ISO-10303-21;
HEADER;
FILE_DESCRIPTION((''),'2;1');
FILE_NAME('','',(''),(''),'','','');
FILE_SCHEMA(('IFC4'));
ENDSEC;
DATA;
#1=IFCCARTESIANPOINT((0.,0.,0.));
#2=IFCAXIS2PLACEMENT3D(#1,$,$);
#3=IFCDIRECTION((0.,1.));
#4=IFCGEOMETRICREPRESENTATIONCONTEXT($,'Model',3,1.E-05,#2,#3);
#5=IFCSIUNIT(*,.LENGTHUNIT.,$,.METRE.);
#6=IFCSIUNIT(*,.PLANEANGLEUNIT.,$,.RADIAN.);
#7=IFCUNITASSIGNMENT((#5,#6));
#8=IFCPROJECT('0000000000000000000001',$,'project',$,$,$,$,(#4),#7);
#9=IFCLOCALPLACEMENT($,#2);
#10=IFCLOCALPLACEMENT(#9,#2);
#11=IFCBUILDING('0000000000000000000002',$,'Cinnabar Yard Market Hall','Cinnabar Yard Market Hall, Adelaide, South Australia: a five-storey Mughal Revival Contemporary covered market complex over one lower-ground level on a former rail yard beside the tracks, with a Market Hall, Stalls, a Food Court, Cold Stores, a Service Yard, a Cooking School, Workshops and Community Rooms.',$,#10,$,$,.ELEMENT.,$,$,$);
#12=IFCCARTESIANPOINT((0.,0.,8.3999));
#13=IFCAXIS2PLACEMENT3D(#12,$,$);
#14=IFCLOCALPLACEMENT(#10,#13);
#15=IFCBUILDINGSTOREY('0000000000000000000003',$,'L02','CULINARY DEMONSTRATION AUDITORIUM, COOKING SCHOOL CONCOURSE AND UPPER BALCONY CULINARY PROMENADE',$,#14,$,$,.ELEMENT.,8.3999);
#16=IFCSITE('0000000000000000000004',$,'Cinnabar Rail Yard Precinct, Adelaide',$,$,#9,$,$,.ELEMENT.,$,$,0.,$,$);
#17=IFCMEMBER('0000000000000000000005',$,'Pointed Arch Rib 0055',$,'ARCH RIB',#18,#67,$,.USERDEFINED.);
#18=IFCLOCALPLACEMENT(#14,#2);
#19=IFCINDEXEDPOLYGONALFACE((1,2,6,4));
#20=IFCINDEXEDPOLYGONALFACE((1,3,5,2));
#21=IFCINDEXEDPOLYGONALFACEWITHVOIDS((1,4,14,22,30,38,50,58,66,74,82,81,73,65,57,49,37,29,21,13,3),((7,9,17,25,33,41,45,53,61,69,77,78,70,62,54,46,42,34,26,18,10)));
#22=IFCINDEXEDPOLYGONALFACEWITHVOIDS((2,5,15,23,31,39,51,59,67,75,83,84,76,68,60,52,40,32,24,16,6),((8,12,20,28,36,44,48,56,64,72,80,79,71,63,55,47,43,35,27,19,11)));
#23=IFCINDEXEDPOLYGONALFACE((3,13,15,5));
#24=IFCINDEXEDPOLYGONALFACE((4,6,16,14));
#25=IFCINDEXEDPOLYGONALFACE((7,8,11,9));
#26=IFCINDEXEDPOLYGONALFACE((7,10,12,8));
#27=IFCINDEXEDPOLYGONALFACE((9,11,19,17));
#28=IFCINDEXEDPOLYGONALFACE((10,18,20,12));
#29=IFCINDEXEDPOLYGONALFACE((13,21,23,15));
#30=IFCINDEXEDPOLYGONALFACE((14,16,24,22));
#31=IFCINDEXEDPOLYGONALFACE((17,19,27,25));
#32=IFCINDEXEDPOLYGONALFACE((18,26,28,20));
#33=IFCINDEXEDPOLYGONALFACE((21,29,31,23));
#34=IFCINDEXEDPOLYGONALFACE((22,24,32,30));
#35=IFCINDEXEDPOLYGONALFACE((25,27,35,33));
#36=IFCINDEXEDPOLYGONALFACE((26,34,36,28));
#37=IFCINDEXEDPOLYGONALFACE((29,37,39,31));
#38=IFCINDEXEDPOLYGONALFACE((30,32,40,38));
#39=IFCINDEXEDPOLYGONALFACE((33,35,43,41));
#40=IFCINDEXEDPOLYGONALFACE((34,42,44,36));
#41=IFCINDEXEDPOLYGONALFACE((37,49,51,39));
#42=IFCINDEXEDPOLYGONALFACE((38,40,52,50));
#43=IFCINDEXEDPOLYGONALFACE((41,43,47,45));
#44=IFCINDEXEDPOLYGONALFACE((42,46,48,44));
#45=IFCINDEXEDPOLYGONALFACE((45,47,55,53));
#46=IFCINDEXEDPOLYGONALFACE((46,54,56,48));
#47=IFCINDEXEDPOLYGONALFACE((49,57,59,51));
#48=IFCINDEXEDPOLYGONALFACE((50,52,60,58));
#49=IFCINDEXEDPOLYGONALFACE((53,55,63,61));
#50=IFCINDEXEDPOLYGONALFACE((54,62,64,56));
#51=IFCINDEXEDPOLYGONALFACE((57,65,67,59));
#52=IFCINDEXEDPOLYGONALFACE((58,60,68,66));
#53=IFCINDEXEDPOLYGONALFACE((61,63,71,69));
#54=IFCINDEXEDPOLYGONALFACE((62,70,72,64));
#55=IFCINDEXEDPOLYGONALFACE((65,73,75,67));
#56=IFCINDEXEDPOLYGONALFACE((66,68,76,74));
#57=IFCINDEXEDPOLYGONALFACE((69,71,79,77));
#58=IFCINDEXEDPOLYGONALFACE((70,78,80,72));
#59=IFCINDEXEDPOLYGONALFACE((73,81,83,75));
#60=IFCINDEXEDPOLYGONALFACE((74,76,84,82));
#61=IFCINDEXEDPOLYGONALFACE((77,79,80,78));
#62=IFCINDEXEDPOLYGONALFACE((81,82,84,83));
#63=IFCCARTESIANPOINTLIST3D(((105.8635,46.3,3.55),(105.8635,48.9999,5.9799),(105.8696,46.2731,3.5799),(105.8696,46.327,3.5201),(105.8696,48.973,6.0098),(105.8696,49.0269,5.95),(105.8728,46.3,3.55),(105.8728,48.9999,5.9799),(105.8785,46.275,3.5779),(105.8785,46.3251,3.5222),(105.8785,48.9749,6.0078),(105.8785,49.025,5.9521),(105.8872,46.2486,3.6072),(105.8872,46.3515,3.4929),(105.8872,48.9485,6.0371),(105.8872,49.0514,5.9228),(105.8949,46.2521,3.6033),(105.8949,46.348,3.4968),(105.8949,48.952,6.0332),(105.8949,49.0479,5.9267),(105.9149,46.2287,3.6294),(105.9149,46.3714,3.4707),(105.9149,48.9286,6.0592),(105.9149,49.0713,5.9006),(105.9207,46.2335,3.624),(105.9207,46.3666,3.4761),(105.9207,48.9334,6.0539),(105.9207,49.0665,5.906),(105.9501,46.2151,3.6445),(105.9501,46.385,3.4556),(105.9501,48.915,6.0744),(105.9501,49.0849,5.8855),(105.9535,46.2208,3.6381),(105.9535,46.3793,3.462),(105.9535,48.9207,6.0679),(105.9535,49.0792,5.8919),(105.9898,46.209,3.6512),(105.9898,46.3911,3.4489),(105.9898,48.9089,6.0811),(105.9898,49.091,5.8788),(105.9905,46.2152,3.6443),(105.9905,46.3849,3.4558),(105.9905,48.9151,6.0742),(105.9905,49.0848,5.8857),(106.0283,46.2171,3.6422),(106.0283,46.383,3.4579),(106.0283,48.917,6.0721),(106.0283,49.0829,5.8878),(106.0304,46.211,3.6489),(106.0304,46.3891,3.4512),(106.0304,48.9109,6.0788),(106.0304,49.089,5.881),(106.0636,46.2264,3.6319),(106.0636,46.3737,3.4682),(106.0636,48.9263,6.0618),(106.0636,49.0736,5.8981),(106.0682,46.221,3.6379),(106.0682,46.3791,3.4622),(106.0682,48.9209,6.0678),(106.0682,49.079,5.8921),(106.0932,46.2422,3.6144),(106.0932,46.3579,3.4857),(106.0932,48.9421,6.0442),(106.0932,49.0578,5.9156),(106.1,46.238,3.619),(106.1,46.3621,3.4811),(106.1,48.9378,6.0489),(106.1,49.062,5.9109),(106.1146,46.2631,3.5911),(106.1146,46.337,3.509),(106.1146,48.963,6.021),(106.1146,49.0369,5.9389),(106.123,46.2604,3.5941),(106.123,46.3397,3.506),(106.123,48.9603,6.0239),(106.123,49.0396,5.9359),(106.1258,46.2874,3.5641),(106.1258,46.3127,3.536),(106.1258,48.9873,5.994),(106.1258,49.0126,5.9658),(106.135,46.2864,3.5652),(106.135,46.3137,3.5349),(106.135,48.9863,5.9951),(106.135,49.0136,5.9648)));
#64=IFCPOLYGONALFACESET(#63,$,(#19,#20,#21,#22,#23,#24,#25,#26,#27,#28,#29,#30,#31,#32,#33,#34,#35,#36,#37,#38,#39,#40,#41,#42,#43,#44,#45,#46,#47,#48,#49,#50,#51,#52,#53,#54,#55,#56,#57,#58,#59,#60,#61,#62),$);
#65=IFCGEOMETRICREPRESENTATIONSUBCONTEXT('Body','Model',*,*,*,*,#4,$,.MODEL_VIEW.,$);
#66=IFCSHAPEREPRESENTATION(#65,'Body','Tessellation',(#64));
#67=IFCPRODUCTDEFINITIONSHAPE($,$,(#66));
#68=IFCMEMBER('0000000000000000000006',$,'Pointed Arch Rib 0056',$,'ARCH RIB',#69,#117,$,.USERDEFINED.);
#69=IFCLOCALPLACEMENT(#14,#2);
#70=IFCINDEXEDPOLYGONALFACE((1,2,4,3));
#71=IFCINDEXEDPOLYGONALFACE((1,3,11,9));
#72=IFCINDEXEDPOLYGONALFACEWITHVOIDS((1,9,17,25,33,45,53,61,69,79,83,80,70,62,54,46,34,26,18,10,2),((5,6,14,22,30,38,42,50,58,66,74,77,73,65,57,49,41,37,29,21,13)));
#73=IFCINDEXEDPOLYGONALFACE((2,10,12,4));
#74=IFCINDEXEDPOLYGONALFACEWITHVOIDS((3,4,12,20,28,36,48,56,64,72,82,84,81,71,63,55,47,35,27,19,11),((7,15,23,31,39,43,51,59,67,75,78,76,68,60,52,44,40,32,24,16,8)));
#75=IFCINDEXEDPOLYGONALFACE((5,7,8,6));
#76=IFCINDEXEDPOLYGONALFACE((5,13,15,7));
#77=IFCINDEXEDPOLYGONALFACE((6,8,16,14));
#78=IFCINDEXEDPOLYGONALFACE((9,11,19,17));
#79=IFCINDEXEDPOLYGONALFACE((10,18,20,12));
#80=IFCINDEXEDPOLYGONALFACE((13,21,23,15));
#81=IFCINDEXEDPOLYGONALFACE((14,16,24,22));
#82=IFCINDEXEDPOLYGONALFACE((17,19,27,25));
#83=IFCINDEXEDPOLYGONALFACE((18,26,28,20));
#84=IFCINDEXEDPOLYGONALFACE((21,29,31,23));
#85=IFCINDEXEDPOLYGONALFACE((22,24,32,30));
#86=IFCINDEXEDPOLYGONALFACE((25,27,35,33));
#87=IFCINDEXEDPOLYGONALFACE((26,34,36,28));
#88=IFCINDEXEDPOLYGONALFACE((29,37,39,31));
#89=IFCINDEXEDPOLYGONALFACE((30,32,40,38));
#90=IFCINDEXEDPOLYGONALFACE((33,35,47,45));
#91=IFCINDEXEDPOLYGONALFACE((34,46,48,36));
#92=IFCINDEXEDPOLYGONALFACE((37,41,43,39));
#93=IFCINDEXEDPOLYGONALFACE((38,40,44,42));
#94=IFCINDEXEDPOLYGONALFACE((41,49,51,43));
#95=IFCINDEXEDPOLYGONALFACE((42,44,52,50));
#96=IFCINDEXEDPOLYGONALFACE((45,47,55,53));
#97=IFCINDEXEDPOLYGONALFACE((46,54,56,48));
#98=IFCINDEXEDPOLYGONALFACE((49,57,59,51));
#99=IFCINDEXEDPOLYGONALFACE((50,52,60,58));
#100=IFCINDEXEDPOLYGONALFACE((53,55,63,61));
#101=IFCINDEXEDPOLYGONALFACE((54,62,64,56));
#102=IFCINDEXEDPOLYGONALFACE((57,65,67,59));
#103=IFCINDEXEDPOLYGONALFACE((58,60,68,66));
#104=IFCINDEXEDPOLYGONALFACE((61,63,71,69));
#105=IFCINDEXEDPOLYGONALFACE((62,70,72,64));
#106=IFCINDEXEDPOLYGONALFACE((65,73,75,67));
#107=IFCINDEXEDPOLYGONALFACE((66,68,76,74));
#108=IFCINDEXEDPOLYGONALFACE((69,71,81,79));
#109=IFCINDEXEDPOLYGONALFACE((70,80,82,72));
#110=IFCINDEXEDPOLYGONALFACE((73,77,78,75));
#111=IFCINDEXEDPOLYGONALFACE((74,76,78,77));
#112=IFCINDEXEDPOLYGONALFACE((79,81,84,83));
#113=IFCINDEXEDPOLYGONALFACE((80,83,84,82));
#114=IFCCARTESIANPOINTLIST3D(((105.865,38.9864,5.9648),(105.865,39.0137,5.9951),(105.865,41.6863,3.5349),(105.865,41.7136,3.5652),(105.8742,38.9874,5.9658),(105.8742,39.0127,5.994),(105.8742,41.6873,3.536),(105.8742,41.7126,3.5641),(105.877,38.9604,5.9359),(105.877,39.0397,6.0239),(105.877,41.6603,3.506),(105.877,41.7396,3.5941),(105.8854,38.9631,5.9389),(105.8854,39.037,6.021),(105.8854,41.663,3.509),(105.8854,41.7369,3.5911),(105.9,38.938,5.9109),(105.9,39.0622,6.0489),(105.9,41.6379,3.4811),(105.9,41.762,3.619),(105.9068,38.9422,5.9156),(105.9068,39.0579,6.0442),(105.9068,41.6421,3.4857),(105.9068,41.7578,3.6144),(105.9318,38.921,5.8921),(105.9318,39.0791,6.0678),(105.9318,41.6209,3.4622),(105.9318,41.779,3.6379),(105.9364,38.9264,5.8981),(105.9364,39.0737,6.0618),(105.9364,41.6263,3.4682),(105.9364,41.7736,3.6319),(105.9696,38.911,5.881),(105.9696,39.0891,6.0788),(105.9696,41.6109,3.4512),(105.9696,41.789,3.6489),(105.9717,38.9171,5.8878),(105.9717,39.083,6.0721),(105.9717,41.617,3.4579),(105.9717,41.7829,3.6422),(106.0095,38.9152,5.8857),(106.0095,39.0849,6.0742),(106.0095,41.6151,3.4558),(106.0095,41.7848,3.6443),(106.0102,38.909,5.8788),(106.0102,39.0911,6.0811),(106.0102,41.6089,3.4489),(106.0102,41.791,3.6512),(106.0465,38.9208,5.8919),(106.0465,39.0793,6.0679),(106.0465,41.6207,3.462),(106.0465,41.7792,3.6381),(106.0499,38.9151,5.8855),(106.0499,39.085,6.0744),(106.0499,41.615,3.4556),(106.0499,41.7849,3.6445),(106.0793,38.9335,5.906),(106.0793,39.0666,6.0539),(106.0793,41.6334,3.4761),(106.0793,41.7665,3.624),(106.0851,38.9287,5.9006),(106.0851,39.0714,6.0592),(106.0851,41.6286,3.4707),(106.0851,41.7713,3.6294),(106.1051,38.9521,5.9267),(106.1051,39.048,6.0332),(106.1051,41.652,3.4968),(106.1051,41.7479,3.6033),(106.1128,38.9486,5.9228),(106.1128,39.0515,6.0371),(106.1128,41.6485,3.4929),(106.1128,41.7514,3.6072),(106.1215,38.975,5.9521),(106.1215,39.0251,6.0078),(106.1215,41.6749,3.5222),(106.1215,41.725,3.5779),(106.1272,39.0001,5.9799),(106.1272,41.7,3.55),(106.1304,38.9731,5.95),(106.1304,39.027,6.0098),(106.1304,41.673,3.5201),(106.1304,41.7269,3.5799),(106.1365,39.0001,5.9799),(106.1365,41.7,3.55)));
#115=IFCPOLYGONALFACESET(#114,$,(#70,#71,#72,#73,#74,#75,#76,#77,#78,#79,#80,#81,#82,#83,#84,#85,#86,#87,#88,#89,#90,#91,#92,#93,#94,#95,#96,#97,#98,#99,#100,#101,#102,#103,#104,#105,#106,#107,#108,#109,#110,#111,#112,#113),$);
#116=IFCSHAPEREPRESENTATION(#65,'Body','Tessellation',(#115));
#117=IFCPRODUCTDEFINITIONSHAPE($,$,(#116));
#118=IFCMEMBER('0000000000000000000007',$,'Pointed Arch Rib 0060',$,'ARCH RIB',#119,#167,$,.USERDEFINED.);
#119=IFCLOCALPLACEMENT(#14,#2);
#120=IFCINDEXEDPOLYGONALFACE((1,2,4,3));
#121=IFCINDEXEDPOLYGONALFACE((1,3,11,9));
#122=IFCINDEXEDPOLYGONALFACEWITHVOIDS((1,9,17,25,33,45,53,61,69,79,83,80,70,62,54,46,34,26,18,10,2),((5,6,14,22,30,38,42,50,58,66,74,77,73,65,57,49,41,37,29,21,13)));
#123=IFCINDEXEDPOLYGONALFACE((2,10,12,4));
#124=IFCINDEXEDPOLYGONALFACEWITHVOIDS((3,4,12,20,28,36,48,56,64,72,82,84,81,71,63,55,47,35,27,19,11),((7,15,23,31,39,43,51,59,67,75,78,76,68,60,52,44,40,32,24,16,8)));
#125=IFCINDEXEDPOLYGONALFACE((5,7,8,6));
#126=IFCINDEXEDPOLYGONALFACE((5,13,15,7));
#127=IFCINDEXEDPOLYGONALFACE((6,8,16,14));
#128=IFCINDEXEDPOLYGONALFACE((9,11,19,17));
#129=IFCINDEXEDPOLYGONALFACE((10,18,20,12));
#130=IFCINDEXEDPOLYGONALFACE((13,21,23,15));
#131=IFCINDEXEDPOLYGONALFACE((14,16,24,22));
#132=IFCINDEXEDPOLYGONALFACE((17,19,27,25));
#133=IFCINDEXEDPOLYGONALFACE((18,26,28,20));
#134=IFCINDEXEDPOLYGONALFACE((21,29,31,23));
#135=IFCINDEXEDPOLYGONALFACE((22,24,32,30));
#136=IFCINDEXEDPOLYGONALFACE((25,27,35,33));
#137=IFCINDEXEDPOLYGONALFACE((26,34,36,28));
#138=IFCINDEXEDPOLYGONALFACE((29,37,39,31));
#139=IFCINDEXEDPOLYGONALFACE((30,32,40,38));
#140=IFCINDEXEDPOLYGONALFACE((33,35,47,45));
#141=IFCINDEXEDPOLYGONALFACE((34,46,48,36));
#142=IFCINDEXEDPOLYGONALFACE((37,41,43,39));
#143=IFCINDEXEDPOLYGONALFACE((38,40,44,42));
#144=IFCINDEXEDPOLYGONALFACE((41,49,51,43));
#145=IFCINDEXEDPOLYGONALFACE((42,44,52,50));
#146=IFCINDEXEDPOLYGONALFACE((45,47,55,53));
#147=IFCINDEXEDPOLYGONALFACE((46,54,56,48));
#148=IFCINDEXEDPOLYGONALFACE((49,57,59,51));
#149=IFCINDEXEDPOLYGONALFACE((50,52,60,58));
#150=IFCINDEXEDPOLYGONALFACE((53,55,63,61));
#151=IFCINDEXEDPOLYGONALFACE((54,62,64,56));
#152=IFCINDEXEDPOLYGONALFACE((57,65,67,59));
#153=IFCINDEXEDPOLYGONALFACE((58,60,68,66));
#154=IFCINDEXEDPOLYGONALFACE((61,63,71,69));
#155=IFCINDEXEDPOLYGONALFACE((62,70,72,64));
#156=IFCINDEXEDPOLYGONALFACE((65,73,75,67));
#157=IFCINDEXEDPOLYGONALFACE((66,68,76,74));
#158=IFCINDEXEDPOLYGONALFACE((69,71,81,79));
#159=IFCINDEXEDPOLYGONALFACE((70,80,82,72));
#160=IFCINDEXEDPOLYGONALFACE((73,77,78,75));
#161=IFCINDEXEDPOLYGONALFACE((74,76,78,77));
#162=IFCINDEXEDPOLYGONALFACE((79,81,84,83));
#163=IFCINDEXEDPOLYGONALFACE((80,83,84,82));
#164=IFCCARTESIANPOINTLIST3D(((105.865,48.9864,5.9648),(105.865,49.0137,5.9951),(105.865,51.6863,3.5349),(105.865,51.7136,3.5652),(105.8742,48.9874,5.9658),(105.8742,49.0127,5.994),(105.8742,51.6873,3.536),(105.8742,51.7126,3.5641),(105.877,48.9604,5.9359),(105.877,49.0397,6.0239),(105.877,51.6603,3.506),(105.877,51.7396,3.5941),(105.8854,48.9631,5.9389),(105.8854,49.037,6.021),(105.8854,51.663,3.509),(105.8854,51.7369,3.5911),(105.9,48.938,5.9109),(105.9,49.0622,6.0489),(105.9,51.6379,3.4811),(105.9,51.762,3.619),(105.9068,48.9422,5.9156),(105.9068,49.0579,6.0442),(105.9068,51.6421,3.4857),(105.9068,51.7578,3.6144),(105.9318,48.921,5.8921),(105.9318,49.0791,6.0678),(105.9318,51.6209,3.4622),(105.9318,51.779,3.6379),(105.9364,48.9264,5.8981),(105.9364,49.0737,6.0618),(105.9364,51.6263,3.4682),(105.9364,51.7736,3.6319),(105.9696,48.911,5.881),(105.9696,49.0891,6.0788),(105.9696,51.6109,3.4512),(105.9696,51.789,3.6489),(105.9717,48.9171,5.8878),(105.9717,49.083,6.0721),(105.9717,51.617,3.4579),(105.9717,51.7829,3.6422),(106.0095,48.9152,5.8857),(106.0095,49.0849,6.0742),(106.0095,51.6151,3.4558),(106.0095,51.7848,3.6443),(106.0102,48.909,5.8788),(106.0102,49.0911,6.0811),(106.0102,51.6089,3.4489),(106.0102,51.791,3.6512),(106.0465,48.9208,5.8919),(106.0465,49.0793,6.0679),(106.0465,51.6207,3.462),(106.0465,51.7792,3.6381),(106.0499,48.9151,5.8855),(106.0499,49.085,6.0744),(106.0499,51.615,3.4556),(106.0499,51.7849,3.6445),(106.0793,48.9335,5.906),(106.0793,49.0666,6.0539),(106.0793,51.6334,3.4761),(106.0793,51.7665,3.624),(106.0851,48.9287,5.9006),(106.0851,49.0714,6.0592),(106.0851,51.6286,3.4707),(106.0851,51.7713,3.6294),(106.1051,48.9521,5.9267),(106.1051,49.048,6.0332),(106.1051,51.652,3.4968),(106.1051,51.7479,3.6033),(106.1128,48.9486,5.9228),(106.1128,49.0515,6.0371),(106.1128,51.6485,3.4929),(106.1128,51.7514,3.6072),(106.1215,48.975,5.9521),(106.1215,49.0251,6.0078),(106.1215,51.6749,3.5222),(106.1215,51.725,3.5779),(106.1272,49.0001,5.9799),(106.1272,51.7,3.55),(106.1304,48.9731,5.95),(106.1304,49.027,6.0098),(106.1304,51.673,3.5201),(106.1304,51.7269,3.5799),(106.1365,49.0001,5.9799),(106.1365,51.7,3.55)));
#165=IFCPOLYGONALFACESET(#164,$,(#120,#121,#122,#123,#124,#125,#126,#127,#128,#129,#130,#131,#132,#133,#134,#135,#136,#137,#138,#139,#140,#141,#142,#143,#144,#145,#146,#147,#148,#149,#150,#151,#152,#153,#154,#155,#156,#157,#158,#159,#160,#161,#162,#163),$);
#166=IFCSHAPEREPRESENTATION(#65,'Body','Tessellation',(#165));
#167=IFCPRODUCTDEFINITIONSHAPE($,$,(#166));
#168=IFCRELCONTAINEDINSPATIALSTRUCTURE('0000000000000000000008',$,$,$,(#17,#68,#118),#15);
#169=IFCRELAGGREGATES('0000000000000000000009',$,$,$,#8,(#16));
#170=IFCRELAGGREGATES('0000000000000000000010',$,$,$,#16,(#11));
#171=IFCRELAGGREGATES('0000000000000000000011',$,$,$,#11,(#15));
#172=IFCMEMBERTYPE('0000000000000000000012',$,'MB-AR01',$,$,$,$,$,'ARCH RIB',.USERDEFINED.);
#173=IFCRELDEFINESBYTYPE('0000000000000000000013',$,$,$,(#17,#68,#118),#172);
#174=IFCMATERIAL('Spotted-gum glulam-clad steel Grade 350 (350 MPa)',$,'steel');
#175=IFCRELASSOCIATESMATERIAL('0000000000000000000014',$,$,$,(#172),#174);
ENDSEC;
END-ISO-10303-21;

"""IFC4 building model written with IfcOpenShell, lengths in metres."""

from ifc_helpers import new_model, si_unit, direction, frame, origin, origin_2d_with_axis, place, context, subcontext, project, spatial, hollow_circle, extrude, material, material_profile, profile_set, type_object, element, save


model = new_model("IFC4")

# Units and contexts
model_context = context("Model", 3, precision=1e-05, world=origin(), true_north=direction((0.0, 1.0)))
body_context = subcontext(model_context, "Body", "Model", "MODEL_VIEW")
ifc_project = project(units=[si_unit("LENGTHUNIT", "METRE"), si_unit("PLANEANGLEUNIT", "RADIAN")], contexts=[model_context])

# Site, building, storey
site_placement = place(None, origin())
site = spatial("IfcSite", under=ifc_project, at=site_placement, Name="Cinnabar Rail Yard Precinct, Adelaide", CompositionType="ELEMENT", RefElevation=0.0)
building_placement = place(site_placement, origin())
building = spatial("IfcBuilding", under=site, at=building_placement, Name="Cinnabar Yard Market Hall", Description="Cinnabar Yard Market Hall, Adelaide, South Australia: a five-storey Mughal Revival Contemporary covered market complex over one lower-ground level on a former rail yard beside the tracks, with a Market Hall, Stalls, a Food Court, Cold Stores, a Service Yard, a Cooking School, Workshops and Community Rooms.", CompositionType="ELEMENT")
storey_placement = place(building_placement, frame((0.0, 0.0, 8.3999)))
storey = spatial("IfcBuildingStorey", under=building, at=storey_placement, Name="L02", Description="CULINARY DEMONSTRATION AUDITORIUM, COOKING SCHOOL CONCOURSE AND UPPER BALCONY CULINARY PROMENADE", CompositionType="ELEMENT", Elevation=8.3999)

# Shared definitions
ifc_material_1 = material(Name="Spotted-gum glulam-clad steel Grade 350 (350 MPa)", Category="steel")

# Members
ifc_material_profile_1 = material_profile(ifc_material_1, hollow_circle(Radius=0.1365, WallThickness=0.0093, at=origin_2d_with_axis()), Name="273.1x9.3CHS")
ifc_profile_set_1 = profile_set([ifc_material_profile_1], Name="Spotted-gum glulam-clad steel Grade 350 (350 MPa)")
member_type_1 = type_object("IfcMemberType", Name="MB-AR01", ElementType="ARCH RIB", PredefinedType="USERDEFINED", material=ifc_profile_set_1)
for number, where, z_axis, x_axis, name in (
    (1, (106.0, 46.3, 3.55), (0.0, 0.743297, 0.668961), (-1.0, 0.0, 0.0), "Pointed Arch Rib 0055"),
    (2, (106.0, 41.7, 3.55), (0.0, -0.743297, 0.668961), (1.0, 0.0, 0.0), "Pointed Arch Rib 0056"),
    (3, (106.0, 51.7, 3.55), (0.0, -0.743297, 0.668961), (1.0, 0.0, 0.0), "Pointed Arch Rib 0060"),
):
    element("IfcMember", number, at=place(storey_placement, frame(where, z_axis=z_axis, x_axis=x_axis)), inside=storey, type_object=member_type_1, Name=name, ObjectType="ARCH RIB", PredefinedType="USERDEFINED", context=body_context, shape_type="SweptSolid", body=[
        extrude(hollow_circle(Radius=0.1365, WallThickness=0.0093, at=origin_2d_with_axis()), origin(), (0.0, 0.0, 1.0), 3.6323),
    ])

save(model, "model.ifc")
